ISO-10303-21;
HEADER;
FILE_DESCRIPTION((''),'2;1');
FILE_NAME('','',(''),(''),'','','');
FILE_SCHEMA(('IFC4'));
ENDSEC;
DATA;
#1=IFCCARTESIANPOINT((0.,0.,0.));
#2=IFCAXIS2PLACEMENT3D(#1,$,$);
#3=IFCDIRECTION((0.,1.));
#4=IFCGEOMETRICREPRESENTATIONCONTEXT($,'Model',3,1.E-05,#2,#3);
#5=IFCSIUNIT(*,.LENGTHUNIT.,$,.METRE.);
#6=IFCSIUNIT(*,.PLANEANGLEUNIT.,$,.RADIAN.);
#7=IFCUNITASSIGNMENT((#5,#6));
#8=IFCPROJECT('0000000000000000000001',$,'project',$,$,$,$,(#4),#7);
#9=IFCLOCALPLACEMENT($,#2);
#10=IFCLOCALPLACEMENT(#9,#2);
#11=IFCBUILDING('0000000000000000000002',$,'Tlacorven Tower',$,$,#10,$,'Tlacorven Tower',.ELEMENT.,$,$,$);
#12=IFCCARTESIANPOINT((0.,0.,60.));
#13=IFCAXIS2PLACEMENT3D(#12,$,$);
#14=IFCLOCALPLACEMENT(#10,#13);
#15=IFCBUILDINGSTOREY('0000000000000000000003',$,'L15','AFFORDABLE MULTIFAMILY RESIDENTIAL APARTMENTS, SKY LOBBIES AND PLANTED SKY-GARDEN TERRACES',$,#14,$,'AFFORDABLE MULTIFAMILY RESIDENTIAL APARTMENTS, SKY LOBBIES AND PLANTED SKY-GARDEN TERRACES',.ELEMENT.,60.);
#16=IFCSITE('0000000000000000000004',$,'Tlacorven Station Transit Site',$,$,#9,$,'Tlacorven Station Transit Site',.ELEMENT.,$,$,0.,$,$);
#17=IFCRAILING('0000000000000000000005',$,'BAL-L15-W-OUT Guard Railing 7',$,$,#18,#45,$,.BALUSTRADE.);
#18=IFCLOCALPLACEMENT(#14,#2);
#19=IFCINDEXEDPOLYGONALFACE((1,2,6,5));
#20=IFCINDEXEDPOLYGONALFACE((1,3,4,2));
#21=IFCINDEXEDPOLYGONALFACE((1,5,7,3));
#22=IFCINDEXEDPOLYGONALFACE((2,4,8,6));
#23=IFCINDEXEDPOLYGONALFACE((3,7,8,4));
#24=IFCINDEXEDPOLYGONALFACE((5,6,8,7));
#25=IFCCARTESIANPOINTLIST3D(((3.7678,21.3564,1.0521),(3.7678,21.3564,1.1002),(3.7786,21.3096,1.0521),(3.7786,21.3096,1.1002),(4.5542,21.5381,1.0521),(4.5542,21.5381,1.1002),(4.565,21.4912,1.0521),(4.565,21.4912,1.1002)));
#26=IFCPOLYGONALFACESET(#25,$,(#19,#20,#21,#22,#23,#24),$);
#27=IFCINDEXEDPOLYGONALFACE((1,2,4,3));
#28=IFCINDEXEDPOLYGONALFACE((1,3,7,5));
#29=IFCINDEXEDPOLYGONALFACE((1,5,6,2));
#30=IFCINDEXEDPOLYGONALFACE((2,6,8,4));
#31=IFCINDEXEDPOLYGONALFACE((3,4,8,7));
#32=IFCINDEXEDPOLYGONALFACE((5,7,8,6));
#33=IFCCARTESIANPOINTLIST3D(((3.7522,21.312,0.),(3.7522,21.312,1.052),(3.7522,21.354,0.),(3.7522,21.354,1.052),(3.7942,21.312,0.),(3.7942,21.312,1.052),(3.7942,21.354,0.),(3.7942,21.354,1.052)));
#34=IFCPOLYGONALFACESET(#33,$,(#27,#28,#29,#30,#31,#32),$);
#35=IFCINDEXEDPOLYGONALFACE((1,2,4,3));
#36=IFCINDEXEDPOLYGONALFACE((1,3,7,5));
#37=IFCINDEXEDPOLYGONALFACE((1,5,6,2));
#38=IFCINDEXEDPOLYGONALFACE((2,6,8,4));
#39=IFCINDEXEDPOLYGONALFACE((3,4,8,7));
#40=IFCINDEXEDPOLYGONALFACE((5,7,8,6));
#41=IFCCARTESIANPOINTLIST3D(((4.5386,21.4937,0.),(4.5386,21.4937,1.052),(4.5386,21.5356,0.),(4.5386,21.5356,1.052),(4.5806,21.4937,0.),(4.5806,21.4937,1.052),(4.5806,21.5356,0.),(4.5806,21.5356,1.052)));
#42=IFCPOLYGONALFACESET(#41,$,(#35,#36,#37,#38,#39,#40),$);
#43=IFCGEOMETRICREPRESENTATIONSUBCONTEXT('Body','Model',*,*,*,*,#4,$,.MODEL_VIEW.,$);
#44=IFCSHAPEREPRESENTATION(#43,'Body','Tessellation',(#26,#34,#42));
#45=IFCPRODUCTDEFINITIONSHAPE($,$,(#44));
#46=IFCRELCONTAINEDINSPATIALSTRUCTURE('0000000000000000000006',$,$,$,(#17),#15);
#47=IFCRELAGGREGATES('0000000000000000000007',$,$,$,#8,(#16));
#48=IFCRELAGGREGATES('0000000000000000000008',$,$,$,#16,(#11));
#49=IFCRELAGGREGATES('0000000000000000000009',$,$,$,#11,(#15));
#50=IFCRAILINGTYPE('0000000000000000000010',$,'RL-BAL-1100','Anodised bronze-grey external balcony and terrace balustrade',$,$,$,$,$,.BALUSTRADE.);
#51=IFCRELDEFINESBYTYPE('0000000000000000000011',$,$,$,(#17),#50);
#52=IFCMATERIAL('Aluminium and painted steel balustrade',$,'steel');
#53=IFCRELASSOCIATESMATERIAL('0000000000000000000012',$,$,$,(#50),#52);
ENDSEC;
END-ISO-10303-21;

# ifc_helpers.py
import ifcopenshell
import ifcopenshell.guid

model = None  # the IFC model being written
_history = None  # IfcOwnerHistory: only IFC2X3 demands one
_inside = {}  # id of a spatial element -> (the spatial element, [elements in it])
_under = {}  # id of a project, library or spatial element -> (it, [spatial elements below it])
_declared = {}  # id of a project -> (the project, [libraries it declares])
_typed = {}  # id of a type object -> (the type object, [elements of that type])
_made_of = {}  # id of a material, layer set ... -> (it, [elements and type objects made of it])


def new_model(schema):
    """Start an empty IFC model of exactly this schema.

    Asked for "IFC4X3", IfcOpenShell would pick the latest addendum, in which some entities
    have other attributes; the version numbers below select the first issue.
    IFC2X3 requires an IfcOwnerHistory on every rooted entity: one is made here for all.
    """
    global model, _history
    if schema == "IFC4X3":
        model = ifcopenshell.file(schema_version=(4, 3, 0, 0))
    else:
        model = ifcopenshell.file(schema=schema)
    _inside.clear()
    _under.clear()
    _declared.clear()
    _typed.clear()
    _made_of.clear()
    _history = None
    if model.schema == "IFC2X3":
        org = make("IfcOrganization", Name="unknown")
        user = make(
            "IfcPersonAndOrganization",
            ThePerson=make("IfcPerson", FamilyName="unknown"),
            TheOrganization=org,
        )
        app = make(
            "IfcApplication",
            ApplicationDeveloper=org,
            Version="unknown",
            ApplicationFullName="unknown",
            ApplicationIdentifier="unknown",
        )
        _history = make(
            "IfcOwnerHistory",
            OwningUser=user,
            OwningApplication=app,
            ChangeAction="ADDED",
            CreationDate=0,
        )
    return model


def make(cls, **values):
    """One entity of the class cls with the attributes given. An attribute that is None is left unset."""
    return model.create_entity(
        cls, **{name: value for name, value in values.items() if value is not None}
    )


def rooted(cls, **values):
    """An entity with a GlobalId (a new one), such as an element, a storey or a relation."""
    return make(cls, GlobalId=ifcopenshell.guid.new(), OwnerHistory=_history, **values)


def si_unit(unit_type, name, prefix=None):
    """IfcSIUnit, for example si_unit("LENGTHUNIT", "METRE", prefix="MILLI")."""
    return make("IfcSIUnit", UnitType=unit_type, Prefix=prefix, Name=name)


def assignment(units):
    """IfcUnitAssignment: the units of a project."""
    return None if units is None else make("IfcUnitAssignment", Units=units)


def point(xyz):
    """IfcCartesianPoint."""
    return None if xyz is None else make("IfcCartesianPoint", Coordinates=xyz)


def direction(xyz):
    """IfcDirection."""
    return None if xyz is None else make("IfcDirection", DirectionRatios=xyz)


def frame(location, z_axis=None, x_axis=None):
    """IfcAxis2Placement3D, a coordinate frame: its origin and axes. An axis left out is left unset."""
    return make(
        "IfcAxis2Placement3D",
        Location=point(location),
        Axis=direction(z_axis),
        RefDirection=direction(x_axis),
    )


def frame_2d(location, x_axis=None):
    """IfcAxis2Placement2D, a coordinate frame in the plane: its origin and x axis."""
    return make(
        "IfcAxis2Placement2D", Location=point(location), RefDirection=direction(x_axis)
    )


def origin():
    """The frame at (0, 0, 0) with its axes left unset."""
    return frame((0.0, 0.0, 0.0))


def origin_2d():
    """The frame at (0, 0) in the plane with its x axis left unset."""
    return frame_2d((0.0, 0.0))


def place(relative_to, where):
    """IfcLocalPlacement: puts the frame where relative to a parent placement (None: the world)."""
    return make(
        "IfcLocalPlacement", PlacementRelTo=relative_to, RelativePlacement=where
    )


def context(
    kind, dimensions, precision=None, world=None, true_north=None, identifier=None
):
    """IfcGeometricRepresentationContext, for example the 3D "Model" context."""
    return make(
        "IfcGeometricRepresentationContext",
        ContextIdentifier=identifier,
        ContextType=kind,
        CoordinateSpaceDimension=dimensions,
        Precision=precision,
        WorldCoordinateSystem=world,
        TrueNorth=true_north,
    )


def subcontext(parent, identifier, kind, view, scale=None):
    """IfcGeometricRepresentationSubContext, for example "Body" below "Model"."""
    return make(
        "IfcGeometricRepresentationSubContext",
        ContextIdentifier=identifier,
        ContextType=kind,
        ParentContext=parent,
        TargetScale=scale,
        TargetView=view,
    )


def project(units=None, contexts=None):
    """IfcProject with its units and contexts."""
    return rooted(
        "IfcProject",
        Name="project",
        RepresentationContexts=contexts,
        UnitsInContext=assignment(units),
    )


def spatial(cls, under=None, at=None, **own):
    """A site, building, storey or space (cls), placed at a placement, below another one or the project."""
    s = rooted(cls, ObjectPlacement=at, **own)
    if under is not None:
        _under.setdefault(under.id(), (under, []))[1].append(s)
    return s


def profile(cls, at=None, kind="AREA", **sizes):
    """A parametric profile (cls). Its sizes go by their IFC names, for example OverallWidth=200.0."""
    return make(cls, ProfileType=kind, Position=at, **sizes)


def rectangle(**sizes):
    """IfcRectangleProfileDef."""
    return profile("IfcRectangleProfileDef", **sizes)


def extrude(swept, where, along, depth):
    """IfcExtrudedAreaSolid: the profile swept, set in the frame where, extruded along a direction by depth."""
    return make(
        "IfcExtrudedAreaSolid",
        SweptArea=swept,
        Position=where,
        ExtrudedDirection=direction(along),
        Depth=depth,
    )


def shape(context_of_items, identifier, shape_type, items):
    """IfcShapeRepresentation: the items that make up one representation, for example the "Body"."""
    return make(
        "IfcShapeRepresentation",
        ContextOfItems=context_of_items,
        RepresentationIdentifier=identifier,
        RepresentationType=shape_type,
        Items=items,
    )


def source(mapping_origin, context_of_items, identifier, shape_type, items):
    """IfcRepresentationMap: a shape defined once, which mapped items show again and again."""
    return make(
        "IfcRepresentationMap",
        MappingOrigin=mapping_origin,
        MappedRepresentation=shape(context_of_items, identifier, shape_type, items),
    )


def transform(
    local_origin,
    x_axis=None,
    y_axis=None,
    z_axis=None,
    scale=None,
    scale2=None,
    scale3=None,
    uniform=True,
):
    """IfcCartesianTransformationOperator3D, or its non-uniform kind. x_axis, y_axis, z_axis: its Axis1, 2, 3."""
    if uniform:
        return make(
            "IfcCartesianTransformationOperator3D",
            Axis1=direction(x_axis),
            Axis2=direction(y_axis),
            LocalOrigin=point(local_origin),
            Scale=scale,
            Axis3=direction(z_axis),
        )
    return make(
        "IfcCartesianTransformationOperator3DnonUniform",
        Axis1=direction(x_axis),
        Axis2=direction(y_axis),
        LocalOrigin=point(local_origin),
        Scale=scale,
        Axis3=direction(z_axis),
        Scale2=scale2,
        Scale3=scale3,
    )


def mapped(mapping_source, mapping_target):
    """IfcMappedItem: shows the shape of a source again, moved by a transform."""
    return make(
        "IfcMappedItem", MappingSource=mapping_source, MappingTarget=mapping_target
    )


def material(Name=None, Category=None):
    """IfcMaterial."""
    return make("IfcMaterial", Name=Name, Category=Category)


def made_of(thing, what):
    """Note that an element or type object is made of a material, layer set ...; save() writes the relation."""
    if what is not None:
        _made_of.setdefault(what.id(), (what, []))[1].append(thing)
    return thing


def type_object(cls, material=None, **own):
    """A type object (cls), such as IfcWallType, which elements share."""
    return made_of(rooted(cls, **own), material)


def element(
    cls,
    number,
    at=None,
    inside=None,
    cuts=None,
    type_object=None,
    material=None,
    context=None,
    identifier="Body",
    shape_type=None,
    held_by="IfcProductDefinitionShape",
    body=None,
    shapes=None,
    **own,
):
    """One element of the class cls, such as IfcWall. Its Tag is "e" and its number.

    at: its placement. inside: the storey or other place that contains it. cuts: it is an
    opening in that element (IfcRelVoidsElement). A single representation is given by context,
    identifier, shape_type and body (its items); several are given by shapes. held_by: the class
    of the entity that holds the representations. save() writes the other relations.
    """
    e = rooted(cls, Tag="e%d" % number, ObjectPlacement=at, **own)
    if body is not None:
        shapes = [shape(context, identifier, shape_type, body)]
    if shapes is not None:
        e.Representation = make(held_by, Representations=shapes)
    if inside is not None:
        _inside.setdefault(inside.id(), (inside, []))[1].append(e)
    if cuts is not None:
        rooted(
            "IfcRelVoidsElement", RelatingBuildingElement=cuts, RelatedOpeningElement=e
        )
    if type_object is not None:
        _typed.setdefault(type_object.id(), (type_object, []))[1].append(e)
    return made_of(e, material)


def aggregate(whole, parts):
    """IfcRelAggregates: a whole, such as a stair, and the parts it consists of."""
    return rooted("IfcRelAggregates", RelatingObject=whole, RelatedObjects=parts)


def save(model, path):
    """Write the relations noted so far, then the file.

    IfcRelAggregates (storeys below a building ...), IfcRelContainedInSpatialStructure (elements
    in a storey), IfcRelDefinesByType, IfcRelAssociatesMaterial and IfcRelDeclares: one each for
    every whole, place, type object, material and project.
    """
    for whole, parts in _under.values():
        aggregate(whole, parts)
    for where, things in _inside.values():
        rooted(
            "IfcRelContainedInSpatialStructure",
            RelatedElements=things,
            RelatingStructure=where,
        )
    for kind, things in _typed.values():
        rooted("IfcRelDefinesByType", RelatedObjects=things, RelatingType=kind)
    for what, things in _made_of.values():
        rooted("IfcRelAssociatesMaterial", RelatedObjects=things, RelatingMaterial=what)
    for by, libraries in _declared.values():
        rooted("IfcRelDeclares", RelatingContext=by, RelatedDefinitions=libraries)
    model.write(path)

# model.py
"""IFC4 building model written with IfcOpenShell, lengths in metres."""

from ifc_helpers import new_model, si_unit, direction, frame, origin, origin_2d, place, context, subcontext, project, spatial, rectangle, extrude, source, transform, mapped, material, type_object, element, save


model = new_model("IFC4")

# Units and contexts
model_context = context("Model", 3, precision=1e-05, world=origin(), true_north=direction((0.0, 1.0)))
body_context = subcontext(model_context, "Body", "Model", "MODEL_VIEW")
ifc_project = project(units=[si_unit("LENGTHUNIT", "METRE"), si_unit("PLANEANGLEUNIT", "RADIAN")], contexts=[model_context])

# Site, building, storey
site_placement = place(None, origin())
site = spatial("IfcSite", under=ifc_project, at=site_placement, Name="Tlacorven Station Transit Site", LongName="Tlacorven Station Transit Site", CompositionType="ELEMENT", RefElevation=0.0)
building_placement = place(site_placement, origin())
building = spatial("IfcBuilding", under=site, at=building_placement, Name="Tlacorven Tower", LongName="Tlacorven Tower", CompositionType="ELEMENT")
storey_placement = place(building_placement, frame((0.0, 0.0, 60.0)))
storey = spatial("IfcBuildingStorey", under=building, at=storey_placement, Name="L15", Description="AFFORDABLE MULTIFAMILY RESIDENTIAL APARTMENTS, SKY LOBBIES AND PLANTED SKY-GARDEN TERRACES", LongName="AFFORDABLE MULTIFAMILY RESIDENTIAL APARTMENTS, SKY LOBBIES AND PLANTED SKY-GARDEN TERRACES", CompositionType="ELEMENT", Elevation=60.0)

# Railing
ifc_material_1 = material(Name="Aluminium and painted steel balustrade", Category="steel")
railing_type = type_object("IfcRailingType", Name="RL-BAL-1100", Description="Anodised bronze-grey external balcony and terrace balustrade", PredefinedType="BALUSTRADE", material=ifc_material_1)
shared_shape_1 = source(origin(), body_context, "Body", "SweptSolid", [
    extrude(rectangle(XDim=0.0481, YDim=0.0481, at=origin_2d()), frame((0.0, 0.0, 1.0762), z_axis=(0.974345, 0.225058, 0.0), x_axis=(-0.225058, 0.974345, 0.0)), (0.0, 0.0, 1.0), 0.8071),
    extrude(rectangle(XDim=0.042, YDim=0.042, at=origin_2d()), origin(), (0.0, 0.0, 1.0), 1.052),
    extrude(rectangle(XDim=0.042, YDim=0.042, at=origin_2d()), frame((0.7864, 0.1816, 0.0)), (0.0, 0.0, 1.0), 1.052),
])
railing_1_placement = place(storey_placement, frame((3.7732, 21.333, 0.0)))
element("IfcRailing", 1, at=railing_1_placement, inside=storey, type_object=railing_type, Name="BAL-L15-W-OUT Guard Railing 7", PredefinedType="BALUSTRADE", context=body_context, shape_type="MappedRepresentation", body=[
    mapped(shared_shape_1, transform((0.0, 0.0, 0.0), scale=1.0)),
])

save(model, "model.ifc")
